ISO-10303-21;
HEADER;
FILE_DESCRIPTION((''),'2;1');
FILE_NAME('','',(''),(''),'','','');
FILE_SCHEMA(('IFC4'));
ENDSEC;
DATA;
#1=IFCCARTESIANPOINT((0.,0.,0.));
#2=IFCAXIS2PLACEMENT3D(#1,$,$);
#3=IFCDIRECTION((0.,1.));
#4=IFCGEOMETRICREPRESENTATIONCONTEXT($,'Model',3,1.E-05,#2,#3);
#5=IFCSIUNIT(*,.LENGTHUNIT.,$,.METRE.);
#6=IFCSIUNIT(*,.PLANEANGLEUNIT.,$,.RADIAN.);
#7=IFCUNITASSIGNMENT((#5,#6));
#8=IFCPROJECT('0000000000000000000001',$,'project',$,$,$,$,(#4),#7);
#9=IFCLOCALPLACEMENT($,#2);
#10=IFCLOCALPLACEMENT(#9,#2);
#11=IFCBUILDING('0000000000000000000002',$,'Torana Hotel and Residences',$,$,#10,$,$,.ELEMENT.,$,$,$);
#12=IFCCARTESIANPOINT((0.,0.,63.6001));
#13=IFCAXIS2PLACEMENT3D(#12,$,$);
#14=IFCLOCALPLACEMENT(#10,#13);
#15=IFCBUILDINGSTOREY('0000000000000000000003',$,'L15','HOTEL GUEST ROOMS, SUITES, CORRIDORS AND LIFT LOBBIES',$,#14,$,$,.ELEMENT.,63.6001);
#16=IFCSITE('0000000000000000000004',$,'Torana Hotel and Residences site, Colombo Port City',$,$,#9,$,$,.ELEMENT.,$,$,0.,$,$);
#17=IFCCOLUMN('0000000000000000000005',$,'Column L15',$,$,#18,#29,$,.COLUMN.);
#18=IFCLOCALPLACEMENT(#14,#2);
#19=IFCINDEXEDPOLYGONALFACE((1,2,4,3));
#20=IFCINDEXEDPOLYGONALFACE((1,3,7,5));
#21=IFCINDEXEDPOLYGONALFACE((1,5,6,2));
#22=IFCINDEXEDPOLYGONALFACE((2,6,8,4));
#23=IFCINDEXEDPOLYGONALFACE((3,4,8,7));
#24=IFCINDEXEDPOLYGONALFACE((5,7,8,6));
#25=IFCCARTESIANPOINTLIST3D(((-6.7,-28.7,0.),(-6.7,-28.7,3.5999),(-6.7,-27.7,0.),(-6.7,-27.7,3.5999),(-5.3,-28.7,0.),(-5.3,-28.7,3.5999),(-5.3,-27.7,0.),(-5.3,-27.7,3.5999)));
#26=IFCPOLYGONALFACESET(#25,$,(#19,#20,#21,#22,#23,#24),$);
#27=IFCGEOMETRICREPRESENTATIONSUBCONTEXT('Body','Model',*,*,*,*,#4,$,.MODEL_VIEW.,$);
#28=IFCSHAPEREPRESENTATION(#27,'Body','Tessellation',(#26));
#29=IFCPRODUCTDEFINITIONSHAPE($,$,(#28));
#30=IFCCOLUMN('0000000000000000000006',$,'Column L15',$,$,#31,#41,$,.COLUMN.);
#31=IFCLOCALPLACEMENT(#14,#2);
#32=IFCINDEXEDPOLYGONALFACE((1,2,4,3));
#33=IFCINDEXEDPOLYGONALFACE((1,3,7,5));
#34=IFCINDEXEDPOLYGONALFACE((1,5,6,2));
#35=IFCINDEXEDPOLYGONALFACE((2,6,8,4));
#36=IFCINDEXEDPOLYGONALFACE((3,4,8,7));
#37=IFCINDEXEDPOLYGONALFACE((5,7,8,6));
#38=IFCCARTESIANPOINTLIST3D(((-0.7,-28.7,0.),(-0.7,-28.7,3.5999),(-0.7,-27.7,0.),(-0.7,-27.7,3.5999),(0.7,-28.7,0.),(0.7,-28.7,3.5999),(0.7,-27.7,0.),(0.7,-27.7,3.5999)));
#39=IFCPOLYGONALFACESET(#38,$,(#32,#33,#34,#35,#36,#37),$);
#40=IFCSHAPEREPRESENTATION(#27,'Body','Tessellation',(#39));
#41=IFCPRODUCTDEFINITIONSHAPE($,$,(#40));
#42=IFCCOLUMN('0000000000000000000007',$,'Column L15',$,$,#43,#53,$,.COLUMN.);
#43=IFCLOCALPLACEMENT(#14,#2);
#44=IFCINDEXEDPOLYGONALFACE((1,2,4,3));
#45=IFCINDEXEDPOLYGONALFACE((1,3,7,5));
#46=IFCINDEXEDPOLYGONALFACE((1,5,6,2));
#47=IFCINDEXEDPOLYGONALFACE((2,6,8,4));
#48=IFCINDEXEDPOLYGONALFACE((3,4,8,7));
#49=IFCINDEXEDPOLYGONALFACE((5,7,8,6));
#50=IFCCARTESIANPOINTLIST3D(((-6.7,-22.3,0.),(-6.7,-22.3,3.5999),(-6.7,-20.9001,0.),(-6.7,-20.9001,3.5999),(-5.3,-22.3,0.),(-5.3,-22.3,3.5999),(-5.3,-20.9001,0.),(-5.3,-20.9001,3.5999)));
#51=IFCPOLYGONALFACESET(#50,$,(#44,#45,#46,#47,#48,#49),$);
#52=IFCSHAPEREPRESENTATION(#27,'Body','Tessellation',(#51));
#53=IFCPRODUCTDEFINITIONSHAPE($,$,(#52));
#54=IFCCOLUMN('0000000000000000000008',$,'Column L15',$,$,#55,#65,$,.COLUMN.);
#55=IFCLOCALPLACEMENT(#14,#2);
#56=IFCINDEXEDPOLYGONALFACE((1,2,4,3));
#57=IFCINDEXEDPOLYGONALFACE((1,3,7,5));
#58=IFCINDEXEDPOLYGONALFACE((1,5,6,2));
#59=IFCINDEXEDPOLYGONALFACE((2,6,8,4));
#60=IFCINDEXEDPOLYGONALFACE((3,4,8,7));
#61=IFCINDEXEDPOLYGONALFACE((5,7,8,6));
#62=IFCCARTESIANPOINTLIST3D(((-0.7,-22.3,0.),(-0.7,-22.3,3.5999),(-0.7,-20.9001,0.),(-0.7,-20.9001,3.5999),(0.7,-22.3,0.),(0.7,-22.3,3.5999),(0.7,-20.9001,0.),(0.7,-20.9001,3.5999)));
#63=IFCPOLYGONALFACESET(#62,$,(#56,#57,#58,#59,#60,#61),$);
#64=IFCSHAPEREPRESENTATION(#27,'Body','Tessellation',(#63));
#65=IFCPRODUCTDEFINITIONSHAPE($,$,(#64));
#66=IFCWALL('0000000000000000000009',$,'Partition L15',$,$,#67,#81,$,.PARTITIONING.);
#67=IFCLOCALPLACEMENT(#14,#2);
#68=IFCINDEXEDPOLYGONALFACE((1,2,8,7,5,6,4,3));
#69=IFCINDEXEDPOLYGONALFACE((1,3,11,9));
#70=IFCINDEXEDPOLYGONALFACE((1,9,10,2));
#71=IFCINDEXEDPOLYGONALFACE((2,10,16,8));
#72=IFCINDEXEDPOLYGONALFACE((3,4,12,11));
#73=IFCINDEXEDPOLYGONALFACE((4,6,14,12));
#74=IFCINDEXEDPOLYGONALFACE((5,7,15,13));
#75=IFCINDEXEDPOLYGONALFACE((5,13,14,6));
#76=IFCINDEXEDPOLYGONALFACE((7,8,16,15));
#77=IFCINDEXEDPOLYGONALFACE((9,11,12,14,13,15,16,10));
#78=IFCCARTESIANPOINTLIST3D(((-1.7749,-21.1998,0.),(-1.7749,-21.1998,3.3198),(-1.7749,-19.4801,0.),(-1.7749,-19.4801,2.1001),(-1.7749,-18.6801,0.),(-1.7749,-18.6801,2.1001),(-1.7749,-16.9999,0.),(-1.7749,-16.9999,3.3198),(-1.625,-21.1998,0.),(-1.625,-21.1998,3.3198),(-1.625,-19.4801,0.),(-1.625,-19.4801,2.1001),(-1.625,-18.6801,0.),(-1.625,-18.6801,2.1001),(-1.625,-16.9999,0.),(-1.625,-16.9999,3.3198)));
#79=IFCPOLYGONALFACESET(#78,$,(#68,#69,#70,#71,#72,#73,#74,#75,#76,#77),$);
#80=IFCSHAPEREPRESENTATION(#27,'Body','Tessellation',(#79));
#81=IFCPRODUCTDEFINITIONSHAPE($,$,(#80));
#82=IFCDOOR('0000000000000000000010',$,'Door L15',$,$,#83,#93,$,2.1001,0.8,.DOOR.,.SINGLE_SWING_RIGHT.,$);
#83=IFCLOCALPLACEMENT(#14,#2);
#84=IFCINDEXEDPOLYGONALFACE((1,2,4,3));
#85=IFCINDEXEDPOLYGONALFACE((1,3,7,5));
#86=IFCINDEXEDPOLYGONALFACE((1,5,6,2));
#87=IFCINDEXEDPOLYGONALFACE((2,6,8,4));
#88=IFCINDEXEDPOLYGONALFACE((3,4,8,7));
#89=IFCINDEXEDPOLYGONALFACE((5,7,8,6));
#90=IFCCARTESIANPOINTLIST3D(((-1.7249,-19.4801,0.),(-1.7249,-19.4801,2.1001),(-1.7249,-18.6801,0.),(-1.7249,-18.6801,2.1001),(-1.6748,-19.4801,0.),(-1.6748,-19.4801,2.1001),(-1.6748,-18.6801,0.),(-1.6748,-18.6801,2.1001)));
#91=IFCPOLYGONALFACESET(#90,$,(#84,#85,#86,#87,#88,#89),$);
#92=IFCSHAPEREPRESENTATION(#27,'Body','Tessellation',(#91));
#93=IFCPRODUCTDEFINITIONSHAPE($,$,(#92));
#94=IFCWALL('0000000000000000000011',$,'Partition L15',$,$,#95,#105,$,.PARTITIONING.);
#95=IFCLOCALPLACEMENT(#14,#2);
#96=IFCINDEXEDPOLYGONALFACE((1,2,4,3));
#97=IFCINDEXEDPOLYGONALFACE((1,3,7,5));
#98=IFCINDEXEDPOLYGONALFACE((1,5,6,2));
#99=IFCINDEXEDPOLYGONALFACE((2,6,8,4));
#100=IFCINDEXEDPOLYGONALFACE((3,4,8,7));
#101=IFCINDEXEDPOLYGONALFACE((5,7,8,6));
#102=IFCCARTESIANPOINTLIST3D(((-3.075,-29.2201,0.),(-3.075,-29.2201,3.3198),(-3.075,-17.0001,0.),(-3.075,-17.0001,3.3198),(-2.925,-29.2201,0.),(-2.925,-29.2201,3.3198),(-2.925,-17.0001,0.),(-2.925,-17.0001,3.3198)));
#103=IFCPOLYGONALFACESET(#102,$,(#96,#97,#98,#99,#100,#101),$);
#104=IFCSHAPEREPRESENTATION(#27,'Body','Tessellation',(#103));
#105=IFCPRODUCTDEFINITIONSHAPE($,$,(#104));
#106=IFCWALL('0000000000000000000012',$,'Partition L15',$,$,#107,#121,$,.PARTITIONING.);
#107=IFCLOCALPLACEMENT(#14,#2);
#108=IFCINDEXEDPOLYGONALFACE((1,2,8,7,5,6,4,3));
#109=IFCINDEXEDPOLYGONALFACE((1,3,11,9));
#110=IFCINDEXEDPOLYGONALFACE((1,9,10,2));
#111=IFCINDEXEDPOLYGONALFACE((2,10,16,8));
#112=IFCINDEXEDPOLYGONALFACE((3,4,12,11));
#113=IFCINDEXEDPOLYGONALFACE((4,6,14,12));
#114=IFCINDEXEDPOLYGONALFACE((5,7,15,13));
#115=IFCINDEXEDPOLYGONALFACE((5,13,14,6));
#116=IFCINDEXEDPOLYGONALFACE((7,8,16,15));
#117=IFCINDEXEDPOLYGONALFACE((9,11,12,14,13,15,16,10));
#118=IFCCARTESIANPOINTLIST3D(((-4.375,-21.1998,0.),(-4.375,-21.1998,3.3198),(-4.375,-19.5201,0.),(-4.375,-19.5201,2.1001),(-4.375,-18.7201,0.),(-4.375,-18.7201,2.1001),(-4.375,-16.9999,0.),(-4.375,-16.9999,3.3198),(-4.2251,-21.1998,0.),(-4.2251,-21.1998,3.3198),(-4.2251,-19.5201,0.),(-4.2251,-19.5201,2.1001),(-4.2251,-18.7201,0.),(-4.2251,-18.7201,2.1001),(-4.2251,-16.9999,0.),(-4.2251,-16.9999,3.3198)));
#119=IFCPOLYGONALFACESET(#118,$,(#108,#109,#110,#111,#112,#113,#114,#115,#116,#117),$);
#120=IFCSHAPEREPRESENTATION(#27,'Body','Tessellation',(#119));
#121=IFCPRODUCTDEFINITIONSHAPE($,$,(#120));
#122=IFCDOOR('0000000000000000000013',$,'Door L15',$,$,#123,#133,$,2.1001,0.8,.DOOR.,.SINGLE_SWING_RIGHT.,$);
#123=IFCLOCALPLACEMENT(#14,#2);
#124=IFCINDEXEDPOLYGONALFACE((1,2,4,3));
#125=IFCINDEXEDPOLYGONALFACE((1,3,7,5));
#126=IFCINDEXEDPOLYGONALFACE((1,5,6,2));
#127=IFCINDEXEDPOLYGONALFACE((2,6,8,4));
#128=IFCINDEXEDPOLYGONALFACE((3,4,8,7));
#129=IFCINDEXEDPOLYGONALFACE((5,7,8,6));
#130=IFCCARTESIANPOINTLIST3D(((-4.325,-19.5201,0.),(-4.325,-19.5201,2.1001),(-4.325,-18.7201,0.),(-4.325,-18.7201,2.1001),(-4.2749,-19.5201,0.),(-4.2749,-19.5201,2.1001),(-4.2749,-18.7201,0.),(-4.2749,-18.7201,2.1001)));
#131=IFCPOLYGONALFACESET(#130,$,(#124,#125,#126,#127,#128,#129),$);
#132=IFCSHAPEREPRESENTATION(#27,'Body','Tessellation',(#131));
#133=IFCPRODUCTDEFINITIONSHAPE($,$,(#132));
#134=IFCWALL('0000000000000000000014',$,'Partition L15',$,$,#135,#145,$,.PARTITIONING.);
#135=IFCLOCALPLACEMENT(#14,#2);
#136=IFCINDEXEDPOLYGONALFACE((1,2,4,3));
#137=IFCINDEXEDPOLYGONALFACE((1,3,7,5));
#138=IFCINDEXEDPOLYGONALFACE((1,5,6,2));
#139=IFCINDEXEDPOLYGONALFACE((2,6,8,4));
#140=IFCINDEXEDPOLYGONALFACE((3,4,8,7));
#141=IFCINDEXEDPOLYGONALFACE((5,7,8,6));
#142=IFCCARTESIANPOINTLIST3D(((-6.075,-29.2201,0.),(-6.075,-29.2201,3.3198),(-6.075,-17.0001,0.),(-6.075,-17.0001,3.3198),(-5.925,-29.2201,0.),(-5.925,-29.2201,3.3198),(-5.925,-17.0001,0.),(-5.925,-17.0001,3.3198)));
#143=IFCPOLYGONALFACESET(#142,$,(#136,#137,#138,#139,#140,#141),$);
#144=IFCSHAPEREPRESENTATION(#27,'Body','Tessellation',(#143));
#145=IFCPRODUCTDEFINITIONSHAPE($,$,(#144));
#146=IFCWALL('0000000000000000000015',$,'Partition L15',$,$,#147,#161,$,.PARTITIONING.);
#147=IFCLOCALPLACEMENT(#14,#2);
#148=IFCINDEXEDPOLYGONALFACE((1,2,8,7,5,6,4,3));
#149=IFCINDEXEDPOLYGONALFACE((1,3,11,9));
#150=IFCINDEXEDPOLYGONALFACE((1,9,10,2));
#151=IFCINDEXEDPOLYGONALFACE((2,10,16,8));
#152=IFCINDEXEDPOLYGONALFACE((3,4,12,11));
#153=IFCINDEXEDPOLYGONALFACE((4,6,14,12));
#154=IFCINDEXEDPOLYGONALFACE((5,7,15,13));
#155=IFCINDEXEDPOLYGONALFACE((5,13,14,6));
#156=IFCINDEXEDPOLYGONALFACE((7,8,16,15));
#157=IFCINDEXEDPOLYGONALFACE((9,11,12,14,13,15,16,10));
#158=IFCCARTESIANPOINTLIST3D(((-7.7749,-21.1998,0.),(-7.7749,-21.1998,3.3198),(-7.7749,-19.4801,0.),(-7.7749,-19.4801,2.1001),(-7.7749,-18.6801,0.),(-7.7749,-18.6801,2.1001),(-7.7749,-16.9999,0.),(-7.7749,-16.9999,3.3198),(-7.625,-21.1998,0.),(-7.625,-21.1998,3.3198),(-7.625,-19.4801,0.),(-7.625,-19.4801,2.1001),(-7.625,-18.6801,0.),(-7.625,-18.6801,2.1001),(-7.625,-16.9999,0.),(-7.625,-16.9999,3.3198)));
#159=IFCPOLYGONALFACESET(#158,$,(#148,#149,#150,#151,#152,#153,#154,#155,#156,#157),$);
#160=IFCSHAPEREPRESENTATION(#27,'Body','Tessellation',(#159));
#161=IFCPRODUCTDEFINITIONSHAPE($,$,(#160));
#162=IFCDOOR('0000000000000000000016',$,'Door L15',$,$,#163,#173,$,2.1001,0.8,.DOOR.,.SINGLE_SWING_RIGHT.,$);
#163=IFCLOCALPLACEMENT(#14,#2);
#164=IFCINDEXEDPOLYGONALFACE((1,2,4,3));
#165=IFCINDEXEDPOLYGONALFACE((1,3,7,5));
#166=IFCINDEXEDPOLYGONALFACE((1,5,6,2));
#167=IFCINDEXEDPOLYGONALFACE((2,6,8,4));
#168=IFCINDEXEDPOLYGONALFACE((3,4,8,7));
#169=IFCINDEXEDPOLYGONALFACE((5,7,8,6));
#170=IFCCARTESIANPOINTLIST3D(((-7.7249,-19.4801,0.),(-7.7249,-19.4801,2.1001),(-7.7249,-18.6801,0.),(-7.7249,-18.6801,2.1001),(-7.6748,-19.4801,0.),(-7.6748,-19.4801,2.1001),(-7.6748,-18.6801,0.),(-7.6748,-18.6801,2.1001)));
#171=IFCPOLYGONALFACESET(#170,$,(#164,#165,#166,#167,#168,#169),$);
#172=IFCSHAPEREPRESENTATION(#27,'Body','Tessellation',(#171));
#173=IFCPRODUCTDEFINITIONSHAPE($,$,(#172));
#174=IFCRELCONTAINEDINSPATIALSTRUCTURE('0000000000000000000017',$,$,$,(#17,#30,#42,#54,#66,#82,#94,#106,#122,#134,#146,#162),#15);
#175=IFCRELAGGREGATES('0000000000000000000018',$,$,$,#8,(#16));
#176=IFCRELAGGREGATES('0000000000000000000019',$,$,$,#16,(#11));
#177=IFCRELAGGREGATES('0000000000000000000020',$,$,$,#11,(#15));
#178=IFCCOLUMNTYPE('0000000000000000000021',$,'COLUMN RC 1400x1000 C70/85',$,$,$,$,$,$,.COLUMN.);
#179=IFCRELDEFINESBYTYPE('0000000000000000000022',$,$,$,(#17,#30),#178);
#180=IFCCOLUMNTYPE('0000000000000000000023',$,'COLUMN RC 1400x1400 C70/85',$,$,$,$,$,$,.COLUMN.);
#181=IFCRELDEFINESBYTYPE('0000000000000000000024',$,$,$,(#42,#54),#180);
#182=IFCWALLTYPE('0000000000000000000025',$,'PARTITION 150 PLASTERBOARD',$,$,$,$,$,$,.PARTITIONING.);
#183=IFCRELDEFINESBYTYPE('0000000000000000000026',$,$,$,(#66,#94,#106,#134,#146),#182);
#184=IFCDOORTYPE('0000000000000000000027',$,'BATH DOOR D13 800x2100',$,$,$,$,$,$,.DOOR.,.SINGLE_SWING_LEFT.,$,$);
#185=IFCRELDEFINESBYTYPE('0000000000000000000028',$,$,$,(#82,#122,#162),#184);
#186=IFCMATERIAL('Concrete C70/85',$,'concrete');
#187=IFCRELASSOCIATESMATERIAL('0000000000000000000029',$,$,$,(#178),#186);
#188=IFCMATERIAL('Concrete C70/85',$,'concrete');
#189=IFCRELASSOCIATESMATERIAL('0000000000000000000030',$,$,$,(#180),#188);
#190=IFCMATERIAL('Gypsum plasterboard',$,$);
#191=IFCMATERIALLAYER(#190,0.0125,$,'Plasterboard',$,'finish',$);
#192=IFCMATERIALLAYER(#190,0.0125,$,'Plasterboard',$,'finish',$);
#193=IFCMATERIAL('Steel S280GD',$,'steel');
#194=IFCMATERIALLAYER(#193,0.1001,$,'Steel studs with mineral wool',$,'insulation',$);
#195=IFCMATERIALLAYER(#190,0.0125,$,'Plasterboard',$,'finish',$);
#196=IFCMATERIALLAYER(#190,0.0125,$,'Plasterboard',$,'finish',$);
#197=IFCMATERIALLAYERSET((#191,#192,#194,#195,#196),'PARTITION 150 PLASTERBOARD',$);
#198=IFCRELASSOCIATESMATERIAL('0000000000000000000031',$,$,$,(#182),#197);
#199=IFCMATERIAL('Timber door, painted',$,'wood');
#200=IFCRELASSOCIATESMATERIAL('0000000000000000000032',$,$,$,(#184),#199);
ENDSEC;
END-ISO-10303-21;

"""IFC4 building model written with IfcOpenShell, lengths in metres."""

from ifc_helpers import new_model, si_unit, direction, frame, frame_2d, origin, origin_2d, place, context, subcontext, project, spatial, rectangle, extrude, material, layer, layer_set, material_profile, profile_set, type_object, element, fill, save


model = new_model("IFC4")

# Units and contexts
model_context = context("Model", 3, precision=1e-05, world=origin(), true_north=direction((0.0, 1.0)))
body_context = subcontext(model_context, "Body", "Model", "MODEL_VIEW")
ifc_project = project(units=[si_unit("LENGTHUNIT", "METRE"), si_unit("PLANEANGLEUNIT", "RADIAN")], contexts=[model_context])

# Site, building, storey
site_placement = place(None, origin())
site = spatial("IfcSite", under=ifc_project, at=site_placement, Name="Torana Hotel and Residences site, Colombo Port City", CompositionType="ELEMENT", RefElevation=0.0)
building_placement = place(site_placement, origin())
building = spatial("IfcBuilding", under=site, at=building_placement, Name="Torana Hotel and Residences", CompositionType="ELEMENT")
storey_placement = place(building_placement, frame((0.0, 0.0, 63.6001)))
storey = spatial("IfcBuildingStorey", under=building, at=storey_placement, Name="L15", Description="HOTEL GUEST ROOMS, SUITES, CORRIDORS AND LIFT LOBBIES", CompositionType="ELEMENT", Elevation=63.6001)

# Columns
ifc_material_1 = material(Name="Concrete C70/85", Category="concrete")
ifc_material_profile_1 = material_profile(ifc_material_1, rectangle(XDim=1.3999, YDim=1.0, at=origin_2d()), Name="RC 1400x1000")
ifc_profile_set_1 = profile_set([ifc_material_profile_1], Name="Concrete C70/85")
column_type_1 = type_object("IfcColumnType", Name="COLUMN RC 1400x1000 C70/85", PredefinedType="COLUMN", material=ifc_profile_set_1)
for number, where, z_axis, x_axis, name in (
    (1, (-6.0, -28.2, 0.0), (0.0, 0.0, 1.0), (1.0, 0.0, 0.0), "Column L15"),
    (2, (0.0, -28.2, 0.0), (0.0, 0.0, 1.0), (1.0, 0.0, 0.0), "Column L15"),
):
    element("IfcColumn", number, at=place(storey_placement, frame(where, z_axis=z_axis, x_axis=x_axis)), inside=storey, type_object=column_type_1, Name=name, PredefinedType="COLUMN", context=body_context, shape_type="SweptSolid", body=[
        extrude(rectangle(XDim=1.3999, YDim=1.0, at=origin_2d()), origin(), (0.0, 0.0, 1.0), 3.5999),
    ])
ifc_material_2 = material(Name="Concrete C70/85", Category="concrete")
ifc_material_profile_2 = material_profile(ifc_material_2, rectangle(XDim=1.3999, YDim=1.3999, at=origin_2d()), Name="RC 1400x1400")
ifc_profile_set_2 = profile_set([ifc_material_profile_2], Name="Concrete C70/85")
column_type_2 = type_object("IfcColumnType", Name="COLUMN RC 1400x1400 C70/85", PredefinedType="COLUMN", material=ifc_profile_set_2)
for number, where, z_axis, x_axis, name in (
    (3, (-6.0, -21.6001, 0.0), (0.0, 0.0, 1.0), (1.0, 0.0, 0.0), "Column L15"),
    (4, (0.0, -21.6001, 0.0), (0.0, 0.0, 1.0), (1.0, 0.0, 0.0), "Column L15"),
):
    element("IfcColumn", number, at=place(storey_placement, frame(where, z_axis=z_axis, x_axis=x_axis)), inside=storey, type_object=column_type_2, Name=name, PredefinedType="COLUMN", context=body_context, shape_type="SweptSolid", body=[
        extrude(rectangle(XDim=1.3999, YDim=1.3999, at=origin_2d()), origin(), (0.0, 0.0, 1.0), 3.5999),
    ])

# Wall, opening, door
ifc_material_3 = material(Name="Gypsum plasterboard")
ifc_layer_1 = layer(ifc_material_3, 0.0125, Name="Plasterboard", Category="finish")
ifc_layer_2 = layer(ifc_material_3, 0.0125, Name="Plasterboard", Category="finish")
ifc_material_4 = material(Name="Steel S280GD", Category="steel")
ifc_layer_3 = layer(ifc_material_4, 0.1001, Name="Steel studs with mineral wool", Category="insulation")
ifc_layer_4 = layer(ifc_material_3, 0.0125, Name="Plasterboard", Category="finish")
ifc_layer_5 = layer(ifc_material_3, 0.0125, Name="Plasterboard", Category="finish")
ifc_layer_set_1 = layer_set([ifc_layer_1, ifc_layer_2, ifc_layer_3, ifc_layer_4, ifc_layer_5], Name="PARTITION 150 PLASTERBOARD")
wall_type_1 = type_object("IfcWallType", Name="PARTITION 150 PLASTERBOARD", PredefinedType="PARTITIONING", material=ifc_layer_set_1)
wall_1_placement = place(storey_placement, frame((-1.7, -21.2, 0.0), z_axis=(0.0, 0.0, 1.0), x_axis=(0.0, 1.0, 0.0)))
wall_1 = element("IfcWall", 5, at=wall_1_placement, inside=storey, type_object=wall_type_1, Name="Partition L15", PredefinedType="PARTITIONING", context=body_context, shape_type="SweptSolid", body=[
    extrude(rectangle(XDim=4.2, YDim=0.1499, at=frame_2d((2.1001, 0.0))), origin(), (0.0, 0.0, 1.0), 3.3198),
])
opening_1_placement = place(wall_1_placement, frame((1.72, 0.0, 0.0)))
opening_1 = element("IfcOpeningElement", 6, at=opening_1_placement, cuts=wall_1, PredefinedType="OPENING", context=body_context, shape_type="SweptSolid", body=[
    extrude(rectangle(XDim=0.8, YDim=2.1001, at=frame_2d((0.3999, 1.05))), frame((0.0, 0.085, 0.0), z_axis=(0.0, -1.0, 0.0), x_axis=(1.0, 0.0, 0.0)), (0.0, 0.0, 1.0), 0.1699),
])
ifc_material_5 = material(Name="Timber door, painted", Category="wood")
door_type = type_object("IfcDoorType", Name="BATH DOOR D13 800x2100", OperationType="SINGLE_SWING_LEFT", PredefinedType="DOOR", material=ifc_material_5)
door_1_placement = place(opening_1_placement, origin())
door_1 = element("IfcDoor", 7, at=door_1_placement, inside=storey, type_object=door_type, Name="Door L15", OperationType="SINGLE_SWING_RIGHT", OverallHeight=2.1001, OverallWidth=0.8, PredefinedType="DOOR", context=body_context, shape_type="SweptSolid", body=[
    extrude(rectangle(XDim=0.8, YDim=2.1001, at=frame_2d((0.3999, 1.05))), frame((0.0, 0.0249, 0.0), z_axis=(0.0, -1.0, 0.0), x_axis=(1.0, 0.0, 0.0)), (0.0, 0.0, 1.0), 0.05),
])
fill(opening_1, door_1)

# Wall
wall_2_placement = place(storey_placement, frame((-3.0, -29.22, 0.0), z_axis=(0.0, 0.0, 1.0), x_axis=(0.0, 1.0, 0.0)))
element("IfcWall", 8, at=wall_2_placement, inside=storey, type_object=wall_type_1, Name="Partition L15", PredefinedType="PARTITIONING", context=body_context, shape_type="SweptSolid", body=[
    extrude(rectangle(XDim=12.22, YDim=0.1499, at=frame_2d((6.1099, 0.0))), origin(), (0.0, 0.0, 1.0), 3.3198),
])

# Wall, opening, door
wall_3_placement = place(storey_placement, frame((-4.3, -21.2, 0.0), z_axis=(0.0, 0.0, 1.0), x_axis=(0.0, 1.0, 0.0)))
wall_3 = element("IfcWall", 9, at=wall_3_placement, inside=storey, type_object=wall_type_1, Name="Partition L15", PredefinedType="PARTITIONING", context=body_context, shape_type="SweptSolid", body=[
    extrude(rectangle(XDim=4.2, YDim=0.1499, at=frame_2d((2.1001, 0.0))), origin(), (0.0, 0.0, 1.0), 3.3198),
])
opening_2_placement = place(wall_3_placement, frame((1.6799, 0.0, 0.0)))
opening_2 = element("IfcOpeningElement", 10, at=opening_2_placement, cuts=wall_3, PredefinedType="OPENING", context=body_context, shape_type="SweptSolid", body=[
    extrude(rectangle(XDim=0.8, YDim=2.1001, at=frame_2d((0.3999, 1.05))), frame((0.0, 0.085, 0.0), z_axis=(0.0, -1.0, 0.0), x_axis=(1.0, 0.0, 0.0)), (0.0, 0.0, 1.0), 0.1699),
])
door_2_placement = place(opening_2_placement, origin())
door_2 = element("IfcDoor", 11, at=door_2_placement, inside=storey, type_object=door_type, Name="Door L15", OperationType="SINGLE_SWING_RIGHT", OverallHeight=2.1001, OverallWidth=0.8, PredefinedType="DOOR", context=body_context, shape_type="SweptSolid", body=[
    extrude(rectangle(XDim=0.8, YDim=2.1001, at=frame_2d((0.3999, 1.05))), frame((0.0, 0.0249, 0.0), z_axis=(0.0, -1.0, 0.0), x_axis=(1.0, 0.0, 0.0)), (0.0, 0.0, 1.0), 0.05),
])
fill(opening_2, door_2)

# Wall
wall_4_placement = place(storey_placement, frame((-6.0, -29.22, 0.0), z_axis=(0.0, 0.0, 1.0), x_axis=(0.0, 1.0, 0.0)))
element("IfcWall", 12, at=wall_4_placement, inside=storey, type_object=wall_type_1, Name="Partition L15", PredefinedType="PARTITIONING", context=body_context, shape_type="SweptSolid", body=[
    extrude(rectangle(XDim=12.22, YDim=0.1499, at=frame_2d((6.1099, 0.0))), origin(), (0.0, 0.0, 1.0), 3.3198),
])

# Wall, opening, door
wall_5_placement = place(storey_placement, frame((-7.7, -21.2, 0.0), z_axis=(0.0, 0.0, 1.0), x_axis=(0.0, 1.0, 0.0)))
wall_5 = element("IfcWall", 13, at=wall_5_placement, inside=storey, type_object=wall_type_1, Name="Partition L15", PredefinedType="PARTITIONING", context=body_context, shape_type="SweptSolid", body=[
    extrude(rectangle(XDim=4.2, YDim=0.1499, at=frame_2d((2.1001, 0.0))), origin(), (0.0, 0.0, 1.0), 3.3198),
])
opening_3_placement = place(wall_5_placement, frame((1.72, 0.0, 0.0)))
opening_3 = element("IfcOpeningElement", 14, at=opening_3_placement, cuts=wall_5, PredefinedType="OPENING", context=body_context, shape_type="SweptSolid", body=[
    extrude(rectangle(XDim=0.8, YDim=2.1001, at=frame_2d((0.3999, 1.05))), frame((0.0, 0.085, 0.0), z_axis=(0.0, -1.0, 0.0), x_axis=(1.0, 0.0, 0.0)), (0.0, 0.0, 1.0), 0.1699),
])
door_3_placement = place(opening_3_placement, origin())
door_3 = element("IfcDoor", 15, at=door_3_placement, inside=storey, type_object=door_type, Name="Door L15", OperationType="SINGLE_SWING_RIGHT", OverallHeight=2.1001, OverallWidth=0.8, PredefinedType="DOOR", context=body_context, shape_type="SweptSolid", body=[
    extrude(rectangle(XDim=0.8, YDim=2.1001, at=frame_2d((0.3999, 1.05))), frame((0.0, 0.0249, 0.0), z_axis=(0.0, -1.0, 0.0), x_axis=(1.0, 0.0, 0.0)), (0.0, 0.0, 1.0), 0.05),
])
fill(opening_3, door_3)

save(model, "model.ifc")
